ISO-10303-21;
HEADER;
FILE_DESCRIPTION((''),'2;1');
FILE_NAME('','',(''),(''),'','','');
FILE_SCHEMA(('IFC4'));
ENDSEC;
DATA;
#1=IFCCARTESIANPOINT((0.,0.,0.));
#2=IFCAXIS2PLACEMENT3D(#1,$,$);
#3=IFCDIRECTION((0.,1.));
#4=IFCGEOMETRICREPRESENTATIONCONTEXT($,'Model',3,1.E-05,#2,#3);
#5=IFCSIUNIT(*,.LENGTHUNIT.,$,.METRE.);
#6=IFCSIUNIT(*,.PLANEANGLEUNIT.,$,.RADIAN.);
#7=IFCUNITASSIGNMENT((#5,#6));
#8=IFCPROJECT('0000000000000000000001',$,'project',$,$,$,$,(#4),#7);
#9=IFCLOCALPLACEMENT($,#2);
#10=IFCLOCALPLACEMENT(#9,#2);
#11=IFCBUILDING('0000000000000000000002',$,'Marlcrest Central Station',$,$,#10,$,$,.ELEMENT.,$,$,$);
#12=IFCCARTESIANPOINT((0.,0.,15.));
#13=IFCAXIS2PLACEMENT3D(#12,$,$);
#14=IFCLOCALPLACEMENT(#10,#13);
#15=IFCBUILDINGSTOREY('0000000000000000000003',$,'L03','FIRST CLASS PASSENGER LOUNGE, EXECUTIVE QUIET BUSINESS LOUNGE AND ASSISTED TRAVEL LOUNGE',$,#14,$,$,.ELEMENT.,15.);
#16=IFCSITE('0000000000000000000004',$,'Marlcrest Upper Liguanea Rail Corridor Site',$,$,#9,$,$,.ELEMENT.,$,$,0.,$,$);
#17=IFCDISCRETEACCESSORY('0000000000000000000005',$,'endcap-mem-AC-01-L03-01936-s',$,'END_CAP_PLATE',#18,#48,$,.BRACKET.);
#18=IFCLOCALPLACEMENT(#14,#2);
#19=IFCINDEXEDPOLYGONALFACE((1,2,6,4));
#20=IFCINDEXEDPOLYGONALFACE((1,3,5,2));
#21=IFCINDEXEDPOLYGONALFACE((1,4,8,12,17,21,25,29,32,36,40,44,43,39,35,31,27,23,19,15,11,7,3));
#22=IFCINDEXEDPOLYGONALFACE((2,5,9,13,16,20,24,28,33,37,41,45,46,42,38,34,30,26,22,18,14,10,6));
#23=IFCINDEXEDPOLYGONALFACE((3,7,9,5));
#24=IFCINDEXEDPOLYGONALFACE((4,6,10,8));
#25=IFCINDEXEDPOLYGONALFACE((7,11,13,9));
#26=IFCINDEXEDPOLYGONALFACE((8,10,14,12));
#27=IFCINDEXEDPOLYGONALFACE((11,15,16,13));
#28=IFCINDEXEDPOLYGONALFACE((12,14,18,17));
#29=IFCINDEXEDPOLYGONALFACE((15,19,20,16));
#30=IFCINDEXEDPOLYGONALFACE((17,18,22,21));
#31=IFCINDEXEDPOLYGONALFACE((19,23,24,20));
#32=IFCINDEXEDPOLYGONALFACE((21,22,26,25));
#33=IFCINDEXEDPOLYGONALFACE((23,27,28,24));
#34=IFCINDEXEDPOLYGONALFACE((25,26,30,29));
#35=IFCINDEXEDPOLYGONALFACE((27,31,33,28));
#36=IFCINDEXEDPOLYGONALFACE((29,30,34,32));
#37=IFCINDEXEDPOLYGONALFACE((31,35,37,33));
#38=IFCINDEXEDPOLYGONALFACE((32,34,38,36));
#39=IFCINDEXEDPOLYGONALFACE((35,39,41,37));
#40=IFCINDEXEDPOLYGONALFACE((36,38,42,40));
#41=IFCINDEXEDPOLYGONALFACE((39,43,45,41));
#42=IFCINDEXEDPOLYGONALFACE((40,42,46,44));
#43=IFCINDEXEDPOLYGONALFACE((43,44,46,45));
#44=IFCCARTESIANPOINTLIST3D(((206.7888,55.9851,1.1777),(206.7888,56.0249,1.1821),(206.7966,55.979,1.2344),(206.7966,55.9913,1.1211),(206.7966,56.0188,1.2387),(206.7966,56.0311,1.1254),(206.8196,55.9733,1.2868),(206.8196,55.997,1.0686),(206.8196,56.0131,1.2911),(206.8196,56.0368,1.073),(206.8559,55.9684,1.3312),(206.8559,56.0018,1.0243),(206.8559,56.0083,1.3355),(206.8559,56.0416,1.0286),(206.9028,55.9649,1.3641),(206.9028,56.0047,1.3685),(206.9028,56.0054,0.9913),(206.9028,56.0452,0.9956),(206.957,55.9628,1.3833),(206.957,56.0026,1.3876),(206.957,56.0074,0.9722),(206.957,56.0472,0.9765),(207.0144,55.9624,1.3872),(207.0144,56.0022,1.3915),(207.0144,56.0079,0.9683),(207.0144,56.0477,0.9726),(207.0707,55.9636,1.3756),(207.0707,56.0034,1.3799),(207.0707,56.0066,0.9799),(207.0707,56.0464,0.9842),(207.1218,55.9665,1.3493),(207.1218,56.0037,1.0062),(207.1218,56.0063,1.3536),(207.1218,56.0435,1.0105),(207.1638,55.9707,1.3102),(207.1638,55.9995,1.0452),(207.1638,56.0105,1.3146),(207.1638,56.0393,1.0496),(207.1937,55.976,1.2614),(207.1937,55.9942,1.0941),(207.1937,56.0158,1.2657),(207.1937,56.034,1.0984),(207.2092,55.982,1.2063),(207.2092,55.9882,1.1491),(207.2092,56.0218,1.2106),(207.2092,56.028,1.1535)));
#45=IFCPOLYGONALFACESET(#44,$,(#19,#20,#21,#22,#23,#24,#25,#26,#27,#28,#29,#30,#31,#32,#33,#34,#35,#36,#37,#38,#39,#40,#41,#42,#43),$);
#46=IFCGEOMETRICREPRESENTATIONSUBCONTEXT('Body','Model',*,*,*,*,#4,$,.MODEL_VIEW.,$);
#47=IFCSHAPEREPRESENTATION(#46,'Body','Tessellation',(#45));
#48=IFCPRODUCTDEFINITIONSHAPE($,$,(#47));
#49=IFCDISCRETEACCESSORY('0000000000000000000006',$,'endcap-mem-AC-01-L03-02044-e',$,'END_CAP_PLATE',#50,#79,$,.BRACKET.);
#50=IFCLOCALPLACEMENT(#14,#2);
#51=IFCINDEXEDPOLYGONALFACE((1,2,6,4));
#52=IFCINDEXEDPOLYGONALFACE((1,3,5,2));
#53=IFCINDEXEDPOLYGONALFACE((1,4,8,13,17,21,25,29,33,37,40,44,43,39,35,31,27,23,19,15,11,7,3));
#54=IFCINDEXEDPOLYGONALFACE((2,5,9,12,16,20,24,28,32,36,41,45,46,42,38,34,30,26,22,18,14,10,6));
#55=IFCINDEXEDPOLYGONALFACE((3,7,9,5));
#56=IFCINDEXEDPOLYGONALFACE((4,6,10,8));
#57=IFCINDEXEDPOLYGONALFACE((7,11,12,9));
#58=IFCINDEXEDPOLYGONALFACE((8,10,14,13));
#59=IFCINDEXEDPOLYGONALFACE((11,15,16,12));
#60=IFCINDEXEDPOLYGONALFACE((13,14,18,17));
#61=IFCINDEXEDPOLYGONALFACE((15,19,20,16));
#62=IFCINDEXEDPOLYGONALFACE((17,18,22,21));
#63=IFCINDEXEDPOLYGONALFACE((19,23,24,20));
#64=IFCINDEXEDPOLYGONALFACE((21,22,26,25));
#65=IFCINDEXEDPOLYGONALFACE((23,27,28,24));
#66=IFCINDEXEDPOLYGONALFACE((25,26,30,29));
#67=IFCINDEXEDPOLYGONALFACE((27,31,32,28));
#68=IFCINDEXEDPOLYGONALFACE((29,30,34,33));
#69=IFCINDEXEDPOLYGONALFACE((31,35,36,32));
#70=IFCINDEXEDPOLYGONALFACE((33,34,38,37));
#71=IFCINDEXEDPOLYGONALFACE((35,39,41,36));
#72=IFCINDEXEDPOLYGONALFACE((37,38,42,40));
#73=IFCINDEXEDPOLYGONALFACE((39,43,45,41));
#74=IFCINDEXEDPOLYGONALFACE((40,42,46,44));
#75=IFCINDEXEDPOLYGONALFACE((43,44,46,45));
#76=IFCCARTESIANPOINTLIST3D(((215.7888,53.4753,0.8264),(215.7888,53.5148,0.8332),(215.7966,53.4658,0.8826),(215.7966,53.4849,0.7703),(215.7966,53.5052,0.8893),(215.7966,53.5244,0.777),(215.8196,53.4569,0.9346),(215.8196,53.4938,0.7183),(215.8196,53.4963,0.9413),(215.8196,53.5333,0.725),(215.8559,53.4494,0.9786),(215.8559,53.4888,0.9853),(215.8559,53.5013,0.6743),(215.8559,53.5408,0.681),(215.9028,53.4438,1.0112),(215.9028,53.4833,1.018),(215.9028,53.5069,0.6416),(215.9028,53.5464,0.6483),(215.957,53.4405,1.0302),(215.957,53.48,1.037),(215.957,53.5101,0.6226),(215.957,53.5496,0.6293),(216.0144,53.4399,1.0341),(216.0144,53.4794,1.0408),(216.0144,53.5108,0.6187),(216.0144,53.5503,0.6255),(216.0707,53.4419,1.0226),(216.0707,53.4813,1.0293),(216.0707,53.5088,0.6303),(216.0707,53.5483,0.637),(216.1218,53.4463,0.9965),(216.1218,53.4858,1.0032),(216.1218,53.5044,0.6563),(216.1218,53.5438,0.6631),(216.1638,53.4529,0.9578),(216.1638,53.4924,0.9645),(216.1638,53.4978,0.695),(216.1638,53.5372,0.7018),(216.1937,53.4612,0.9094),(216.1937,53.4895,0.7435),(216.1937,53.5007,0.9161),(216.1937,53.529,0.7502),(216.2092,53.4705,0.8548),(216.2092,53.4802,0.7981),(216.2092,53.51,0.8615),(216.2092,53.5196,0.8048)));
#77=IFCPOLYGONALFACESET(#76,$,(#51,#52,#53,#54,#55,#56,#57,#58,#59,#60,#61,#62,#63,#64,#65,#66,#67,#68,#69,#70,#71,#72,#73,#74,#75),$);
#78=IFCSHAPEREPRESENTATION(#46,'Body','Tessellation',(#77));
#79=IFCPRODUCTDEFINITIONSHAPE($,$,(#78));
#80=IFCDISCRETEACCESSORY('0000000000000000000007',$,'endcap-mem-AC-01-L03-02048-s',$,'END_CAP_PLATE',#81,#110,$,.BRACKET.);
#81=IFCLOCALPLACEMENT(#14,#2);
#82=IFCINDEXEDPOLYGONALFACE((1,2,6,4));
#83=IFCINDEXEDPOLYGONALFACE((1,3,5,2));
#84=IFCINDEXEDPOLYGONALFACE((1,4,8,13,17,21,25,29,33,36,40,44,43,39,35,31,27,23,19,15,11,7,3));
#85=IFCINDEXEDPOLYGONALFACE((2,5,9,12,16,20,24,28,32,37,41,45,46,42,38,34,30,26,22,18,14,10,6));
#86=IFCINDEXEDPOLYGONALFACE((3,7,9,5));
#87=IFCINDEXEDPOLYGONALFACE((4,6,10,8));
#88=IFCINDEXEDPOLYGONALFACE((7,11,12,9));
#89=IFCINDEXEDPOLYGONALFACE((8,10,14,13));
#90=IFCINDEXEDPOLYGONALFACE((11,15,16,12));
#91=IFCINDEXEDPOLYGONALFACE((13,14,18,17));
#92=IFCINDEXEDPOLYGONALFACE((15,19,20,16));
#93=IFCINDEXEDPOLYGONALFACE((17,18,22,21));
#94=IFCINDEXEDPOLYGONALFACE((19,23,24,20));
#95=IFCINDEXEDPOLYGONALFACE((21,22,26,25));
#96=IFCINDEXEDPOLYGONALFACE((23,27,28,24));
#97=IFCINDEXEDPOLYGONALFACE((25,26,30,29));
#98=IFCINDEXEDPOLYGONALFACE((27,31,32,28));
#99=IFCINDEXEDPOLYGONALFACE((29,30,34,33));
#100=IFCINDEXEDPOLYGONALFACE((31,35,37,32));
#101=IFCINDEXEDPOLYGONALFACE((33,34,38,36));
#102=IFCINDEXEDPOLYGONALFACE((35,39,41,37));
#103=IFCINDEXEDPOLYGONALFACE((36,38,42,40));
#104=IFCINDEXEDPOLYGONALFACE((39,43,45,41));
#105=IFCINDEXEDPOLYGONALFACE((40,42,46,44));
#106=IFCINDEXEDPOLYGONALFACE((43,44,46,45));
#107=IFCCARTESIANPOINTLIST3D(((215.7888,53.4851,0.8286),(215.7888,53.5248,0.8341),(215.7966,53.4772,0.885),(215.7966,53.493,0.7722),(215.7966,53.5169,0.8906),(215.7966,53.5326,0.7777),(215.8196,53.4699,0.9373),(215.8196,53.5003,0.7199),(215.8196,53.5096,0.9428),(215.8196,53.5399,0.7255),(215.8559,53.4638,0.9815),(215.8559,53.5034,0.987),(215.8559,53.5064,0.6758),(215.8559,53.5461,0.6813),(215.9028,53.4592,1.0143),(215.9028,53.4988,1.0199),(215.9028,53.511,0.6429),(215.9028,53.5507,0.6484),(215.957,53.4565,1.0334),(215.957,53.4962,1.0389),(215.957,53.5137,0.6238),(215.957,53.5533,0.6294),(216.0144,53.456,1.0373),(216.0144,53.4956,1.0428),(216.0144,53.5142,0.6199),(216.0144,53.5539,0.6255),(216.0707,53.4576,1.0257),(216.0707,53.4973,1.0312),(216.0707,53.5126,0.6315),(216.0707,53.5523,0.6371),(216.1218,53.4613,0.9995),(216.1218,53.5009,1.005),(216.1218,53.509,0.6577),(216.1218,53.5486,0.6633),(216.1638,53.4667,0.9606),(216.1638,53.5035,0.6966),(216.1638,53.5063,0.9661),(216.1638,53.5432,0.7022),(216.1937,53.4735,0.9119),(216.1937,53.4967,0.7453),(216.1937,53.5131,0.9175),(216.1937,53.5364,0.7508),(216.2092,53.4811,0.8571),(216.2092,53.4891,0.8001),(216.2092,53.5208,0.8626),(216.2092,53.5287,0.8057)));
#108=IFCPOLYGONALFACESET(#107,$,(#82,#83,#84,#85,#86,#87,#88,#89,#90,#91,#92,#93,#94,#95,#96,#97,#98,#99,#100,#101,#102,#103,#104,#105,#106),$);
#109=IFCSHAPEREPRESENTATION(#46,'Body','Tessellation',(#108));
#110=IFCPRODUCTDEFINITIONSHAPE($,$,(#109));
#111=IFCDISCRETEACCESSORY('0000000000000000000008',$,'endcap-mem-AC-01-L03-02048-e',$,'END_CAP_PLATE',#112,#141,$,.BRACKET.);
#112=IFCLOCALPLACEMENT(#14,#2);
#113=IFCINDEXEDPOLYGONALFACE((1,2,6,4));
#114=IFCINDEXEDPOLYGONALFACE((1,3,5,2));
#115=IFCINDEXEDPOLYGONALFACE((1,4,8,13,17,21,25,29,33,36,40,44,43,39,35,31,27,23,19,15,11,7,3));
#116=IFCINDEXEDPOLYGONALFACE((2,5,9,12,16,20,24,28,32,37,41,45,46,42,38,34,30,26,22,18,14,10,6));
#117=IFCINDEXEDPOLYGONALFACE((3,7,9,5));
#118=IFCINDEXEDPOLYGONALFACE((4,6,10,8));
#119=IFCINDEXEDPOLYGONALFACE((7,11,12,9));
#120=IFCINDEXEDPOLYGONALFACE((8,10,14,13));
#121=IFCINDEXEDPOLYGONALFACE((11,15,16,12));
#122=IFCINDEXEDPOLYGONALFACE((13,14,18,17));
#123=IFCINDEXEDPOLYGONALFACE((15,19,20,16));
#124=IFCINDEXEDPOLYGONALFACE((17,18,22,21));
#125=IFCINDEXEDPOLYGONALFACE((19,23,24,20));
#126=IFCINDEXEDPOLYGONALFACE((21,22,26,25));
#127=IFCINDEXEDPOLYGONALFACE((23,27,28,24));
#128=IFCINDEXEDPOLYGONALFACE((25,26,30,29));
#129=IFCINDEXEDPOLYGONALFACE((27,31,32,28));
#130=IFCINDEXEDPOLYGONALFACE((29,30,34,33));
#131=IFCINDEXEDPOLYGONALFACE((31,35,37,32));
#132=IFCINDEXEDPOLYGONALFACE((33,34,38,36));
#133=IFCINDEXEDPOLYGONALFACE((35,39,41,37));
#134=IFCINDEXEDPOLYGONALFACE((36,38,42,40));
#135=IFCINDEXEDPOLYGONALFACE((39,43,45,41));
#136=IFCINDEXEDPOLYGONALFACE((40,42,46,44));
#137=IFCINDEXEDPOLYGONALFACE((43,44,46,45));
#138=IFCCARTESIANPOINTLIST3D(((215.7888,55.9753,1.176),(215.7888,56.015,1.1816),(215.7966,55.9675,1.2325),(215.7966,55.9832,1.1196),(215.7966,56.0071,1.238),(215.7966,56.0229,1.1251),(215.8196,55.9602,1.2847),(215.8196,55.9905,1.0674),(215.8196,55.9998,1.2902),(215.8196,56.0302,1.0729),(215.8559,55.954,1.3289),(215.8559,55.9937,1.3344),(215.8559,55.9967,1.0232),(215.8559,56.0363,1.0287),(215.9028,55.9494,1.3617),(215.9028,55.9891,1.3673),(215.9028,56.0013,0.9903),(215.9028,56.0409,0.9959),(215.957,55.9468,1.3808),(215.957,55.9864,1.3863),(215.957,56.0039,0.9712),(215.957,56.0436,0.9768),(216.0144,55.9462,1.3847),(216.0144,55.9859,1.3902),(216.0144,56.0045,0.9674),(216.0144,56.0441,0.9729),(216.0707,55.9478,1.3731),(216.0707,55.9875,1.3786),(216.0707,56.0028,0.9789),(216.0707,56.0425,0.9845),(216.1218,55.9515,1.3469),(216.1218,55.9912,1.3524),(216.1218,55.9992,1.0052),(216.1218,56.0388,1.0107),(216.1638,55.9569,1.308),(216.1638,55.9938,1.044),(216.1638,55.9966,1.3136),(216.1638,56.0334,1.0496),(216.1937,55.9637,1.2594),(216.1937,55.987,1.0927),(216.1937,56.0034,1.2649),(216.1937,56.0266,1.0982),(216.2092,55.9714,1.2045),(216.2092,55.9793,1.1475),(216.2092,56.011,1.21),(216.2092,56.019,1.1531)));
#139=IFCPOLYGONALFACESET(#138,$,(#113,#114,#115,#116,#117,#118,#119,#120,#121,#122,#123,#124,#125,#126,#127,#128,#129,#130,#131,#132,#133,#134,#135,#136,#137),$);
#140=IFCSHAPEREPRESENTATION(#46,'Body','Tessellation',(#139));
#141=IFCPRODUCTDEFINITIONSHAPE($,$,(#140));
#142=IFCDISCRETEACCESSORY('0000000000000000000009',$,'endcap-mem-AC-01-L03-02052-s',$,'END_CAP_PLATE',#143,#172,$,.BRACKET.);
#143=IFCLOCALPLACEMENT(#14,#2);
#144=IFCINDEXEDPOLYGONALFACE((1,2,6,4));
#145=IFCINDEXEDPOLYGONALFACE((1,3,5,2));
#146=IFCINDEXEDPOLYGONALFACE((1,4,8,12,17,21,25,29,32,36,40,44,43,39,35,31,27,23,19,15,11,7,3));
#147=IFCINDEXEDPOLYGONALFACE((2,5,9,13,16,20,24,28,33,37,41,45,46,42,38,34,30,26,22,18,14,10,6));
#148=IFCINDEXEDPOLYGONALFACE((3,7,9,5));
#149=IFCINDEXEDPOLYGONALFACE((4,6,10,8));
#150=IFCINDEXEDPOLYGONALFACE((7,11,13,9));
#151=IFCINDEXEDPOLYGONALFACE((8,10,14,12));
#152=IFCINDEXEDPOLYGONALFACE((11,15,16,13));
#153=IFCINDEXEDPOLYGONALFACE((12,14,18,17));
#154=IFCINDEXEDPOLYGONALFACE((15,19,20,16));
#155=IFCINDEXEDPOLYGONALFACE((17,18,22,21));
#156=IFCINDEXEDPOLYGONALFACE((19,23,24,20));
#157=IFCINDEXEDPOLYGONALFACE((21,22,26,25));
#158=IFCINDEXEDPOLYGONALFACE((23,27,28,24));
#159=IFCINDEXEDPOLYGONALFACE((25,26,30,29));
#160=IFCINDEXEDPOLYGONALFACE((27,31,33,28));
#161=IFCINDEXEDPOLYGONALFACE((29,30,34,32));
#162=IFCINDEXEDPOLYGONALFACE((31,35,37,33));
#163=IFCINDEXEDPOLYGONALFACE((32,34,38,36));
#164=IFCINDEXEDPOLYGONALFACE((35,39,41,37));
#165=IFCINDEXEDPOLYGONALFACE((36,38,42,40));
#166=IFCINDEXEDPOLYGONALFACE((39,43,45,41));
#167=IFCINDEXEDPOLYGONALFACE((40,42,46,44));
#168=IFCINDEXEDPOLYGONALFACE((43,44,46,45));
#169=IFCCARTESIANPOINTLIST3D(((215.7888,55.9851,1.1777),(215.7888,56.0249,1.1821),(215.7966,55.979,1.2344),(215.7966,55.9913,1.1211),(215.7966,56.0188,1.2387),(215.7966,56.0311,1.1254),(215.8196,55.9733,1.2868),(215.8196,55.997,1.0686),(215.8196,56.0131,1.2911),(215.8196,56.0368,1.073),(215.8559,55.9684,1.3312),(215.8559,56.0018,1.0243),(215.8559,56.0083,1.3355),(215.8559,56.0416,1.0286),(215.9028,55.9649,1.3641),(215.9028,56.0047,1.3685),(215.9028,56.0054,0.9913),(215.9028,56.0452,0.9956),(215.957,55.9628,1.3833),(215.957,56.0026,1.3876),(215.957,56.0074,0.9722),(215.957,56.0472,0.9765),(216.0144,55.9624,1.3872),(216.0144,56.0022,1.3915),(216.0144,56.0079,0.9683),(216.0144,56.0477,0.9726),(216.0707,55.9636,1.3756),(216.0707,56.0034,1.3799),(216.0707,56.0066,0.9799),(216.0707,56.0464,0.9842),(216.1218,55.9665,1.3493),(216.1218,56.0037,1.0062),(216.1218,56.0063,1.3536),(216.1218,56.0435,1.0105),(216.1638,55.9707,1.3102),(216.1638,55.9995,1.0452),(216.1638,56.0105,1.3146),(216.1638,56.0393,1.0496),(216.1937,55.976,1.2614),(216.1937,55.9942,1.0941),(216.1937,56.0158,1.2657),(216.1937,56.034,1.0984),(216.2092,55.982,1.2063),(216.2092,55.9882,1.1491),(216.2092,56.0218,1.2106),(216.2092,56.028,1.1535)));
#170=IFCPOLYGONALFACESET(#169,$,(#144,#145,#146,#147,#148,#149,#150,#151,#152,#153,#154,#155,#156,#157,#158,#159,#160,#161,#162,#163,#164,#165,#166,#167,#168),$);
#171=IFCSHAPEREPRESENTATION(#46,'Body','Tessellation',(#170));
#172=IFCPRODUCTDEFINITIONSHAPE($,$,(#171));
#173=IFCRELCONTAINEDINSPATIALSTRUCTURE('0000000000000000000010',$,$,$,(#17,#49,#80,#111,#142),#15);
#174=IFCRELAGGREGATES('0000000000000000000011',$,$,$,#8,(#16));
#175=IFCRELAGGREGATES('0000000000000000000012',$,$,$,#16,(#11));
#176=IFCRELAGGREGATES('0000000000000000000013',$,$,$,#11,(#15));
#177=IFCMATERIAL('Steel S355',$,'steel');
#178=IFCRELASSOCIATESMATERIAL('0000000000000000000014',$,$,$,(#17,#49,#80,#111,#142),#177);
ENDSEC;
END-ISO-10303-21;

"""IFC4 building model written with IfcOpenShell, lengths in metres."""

from ifc_helpers import new_model, si_unit, direction, frame, origin, origin_2d, place, context, subcontext, project, spatial, circle, extrude, material, element, save


model = new_model("IFC4")

# Units and contexts
model_context = context("Model", 3, precision=1e-05, world=origin(), true_north=direction((0.0, 1.0)))
body_context = subcontext(model_context, "Body", "Model", "MODEL_VIEW")
ifc_project = project(units=[si_unit("LENGTHUNIT", "METRE"), si_unit("PLANEANGLEUNIT", "RADIAN")], contexts=[model_context])

# Site, building, storey
site_placement = place(None, origin())
site = spatial("IfcSite", under=ifc_project, at=site_placement, Name="Marlcrest Upper Liguanea Rail Corridor Site", CompositionType="ELEMENT", RefElevation=0.0)
building_placement = place(site_placement, origin())
building = spatial("IfcBuilding", under=site, at=building_placement, Name="Marlcrest Central Station", CompositionType="ELEMENT")
storey_placement = place(building_placement, frame((0.0, 0.0, 15.0)))
storey = spatial("IfcBuildingStorey", under=building, at=storey_placement, Name="L03", Description="FIRST CLASS PASSENGER LOUNGE, EXECUTIVE QUIET BUSINESS LOUNGE AND ASSISTED TRAVEL LOUNGE", CompositionType="ELEMENT", Elevation=15.0)

# Shared definitions
ifc_material_1 = material(Name="Steel S355", Category="steel")

# Discrete accessories
for number, where, z_axis, x_axis, name in (
    (1, (207.0, 55.9851, 1.1777), (0.0, 0.994155, 0.107959), (-1.0, 0.0, 0.0), "endcap-mem-AC-01-L03-01936-s"),
    (2, (216.0, 53.4753, 0.8264), (0.0, 0.985741, 0.168269), (-1.0, 0.0, 0.0), "endcap-mem-AC-01-L03-02044-e"),
    (3, (216.0, 53.4851, 0.8286), (0.0, 0.990403, 0.138211), (-1.0, 0.0, 0.0), "endcap-mem-AC-01-L03-02048-s"),
    (4, (216.0, 55.9753, 1.176), (0.0, 0.990403, 0.138211), (-1.0, 0.0, 0.0), "endcap-mem-AC-01-L03-02048-e"),
    (5, (216.0, 55.9851, 1.1777), (0.0, 0.994155, 0.107959), (-1.0, 0.0, 0.0), "endcap-mem-AC-01-L03-02052-s"),
):
    element("IfcDiscreteAccessory", number, at=place(storey_placement, frame(where, z_axis=z_axis, x_axis=x_axis)), inside=storey, material=ifc_material_1, Name=name, ObjectType="END_CAP_PLATE", PredefinedType="BRACKET", context=body_context, shape_type="SweptSolid", body=[
        extrude(circle(Radius=0.2112, at=origin_2d()), origin(), (0.0, 0.0, 1.0), 0.04),
    ])

save(model, "model.ifc")
